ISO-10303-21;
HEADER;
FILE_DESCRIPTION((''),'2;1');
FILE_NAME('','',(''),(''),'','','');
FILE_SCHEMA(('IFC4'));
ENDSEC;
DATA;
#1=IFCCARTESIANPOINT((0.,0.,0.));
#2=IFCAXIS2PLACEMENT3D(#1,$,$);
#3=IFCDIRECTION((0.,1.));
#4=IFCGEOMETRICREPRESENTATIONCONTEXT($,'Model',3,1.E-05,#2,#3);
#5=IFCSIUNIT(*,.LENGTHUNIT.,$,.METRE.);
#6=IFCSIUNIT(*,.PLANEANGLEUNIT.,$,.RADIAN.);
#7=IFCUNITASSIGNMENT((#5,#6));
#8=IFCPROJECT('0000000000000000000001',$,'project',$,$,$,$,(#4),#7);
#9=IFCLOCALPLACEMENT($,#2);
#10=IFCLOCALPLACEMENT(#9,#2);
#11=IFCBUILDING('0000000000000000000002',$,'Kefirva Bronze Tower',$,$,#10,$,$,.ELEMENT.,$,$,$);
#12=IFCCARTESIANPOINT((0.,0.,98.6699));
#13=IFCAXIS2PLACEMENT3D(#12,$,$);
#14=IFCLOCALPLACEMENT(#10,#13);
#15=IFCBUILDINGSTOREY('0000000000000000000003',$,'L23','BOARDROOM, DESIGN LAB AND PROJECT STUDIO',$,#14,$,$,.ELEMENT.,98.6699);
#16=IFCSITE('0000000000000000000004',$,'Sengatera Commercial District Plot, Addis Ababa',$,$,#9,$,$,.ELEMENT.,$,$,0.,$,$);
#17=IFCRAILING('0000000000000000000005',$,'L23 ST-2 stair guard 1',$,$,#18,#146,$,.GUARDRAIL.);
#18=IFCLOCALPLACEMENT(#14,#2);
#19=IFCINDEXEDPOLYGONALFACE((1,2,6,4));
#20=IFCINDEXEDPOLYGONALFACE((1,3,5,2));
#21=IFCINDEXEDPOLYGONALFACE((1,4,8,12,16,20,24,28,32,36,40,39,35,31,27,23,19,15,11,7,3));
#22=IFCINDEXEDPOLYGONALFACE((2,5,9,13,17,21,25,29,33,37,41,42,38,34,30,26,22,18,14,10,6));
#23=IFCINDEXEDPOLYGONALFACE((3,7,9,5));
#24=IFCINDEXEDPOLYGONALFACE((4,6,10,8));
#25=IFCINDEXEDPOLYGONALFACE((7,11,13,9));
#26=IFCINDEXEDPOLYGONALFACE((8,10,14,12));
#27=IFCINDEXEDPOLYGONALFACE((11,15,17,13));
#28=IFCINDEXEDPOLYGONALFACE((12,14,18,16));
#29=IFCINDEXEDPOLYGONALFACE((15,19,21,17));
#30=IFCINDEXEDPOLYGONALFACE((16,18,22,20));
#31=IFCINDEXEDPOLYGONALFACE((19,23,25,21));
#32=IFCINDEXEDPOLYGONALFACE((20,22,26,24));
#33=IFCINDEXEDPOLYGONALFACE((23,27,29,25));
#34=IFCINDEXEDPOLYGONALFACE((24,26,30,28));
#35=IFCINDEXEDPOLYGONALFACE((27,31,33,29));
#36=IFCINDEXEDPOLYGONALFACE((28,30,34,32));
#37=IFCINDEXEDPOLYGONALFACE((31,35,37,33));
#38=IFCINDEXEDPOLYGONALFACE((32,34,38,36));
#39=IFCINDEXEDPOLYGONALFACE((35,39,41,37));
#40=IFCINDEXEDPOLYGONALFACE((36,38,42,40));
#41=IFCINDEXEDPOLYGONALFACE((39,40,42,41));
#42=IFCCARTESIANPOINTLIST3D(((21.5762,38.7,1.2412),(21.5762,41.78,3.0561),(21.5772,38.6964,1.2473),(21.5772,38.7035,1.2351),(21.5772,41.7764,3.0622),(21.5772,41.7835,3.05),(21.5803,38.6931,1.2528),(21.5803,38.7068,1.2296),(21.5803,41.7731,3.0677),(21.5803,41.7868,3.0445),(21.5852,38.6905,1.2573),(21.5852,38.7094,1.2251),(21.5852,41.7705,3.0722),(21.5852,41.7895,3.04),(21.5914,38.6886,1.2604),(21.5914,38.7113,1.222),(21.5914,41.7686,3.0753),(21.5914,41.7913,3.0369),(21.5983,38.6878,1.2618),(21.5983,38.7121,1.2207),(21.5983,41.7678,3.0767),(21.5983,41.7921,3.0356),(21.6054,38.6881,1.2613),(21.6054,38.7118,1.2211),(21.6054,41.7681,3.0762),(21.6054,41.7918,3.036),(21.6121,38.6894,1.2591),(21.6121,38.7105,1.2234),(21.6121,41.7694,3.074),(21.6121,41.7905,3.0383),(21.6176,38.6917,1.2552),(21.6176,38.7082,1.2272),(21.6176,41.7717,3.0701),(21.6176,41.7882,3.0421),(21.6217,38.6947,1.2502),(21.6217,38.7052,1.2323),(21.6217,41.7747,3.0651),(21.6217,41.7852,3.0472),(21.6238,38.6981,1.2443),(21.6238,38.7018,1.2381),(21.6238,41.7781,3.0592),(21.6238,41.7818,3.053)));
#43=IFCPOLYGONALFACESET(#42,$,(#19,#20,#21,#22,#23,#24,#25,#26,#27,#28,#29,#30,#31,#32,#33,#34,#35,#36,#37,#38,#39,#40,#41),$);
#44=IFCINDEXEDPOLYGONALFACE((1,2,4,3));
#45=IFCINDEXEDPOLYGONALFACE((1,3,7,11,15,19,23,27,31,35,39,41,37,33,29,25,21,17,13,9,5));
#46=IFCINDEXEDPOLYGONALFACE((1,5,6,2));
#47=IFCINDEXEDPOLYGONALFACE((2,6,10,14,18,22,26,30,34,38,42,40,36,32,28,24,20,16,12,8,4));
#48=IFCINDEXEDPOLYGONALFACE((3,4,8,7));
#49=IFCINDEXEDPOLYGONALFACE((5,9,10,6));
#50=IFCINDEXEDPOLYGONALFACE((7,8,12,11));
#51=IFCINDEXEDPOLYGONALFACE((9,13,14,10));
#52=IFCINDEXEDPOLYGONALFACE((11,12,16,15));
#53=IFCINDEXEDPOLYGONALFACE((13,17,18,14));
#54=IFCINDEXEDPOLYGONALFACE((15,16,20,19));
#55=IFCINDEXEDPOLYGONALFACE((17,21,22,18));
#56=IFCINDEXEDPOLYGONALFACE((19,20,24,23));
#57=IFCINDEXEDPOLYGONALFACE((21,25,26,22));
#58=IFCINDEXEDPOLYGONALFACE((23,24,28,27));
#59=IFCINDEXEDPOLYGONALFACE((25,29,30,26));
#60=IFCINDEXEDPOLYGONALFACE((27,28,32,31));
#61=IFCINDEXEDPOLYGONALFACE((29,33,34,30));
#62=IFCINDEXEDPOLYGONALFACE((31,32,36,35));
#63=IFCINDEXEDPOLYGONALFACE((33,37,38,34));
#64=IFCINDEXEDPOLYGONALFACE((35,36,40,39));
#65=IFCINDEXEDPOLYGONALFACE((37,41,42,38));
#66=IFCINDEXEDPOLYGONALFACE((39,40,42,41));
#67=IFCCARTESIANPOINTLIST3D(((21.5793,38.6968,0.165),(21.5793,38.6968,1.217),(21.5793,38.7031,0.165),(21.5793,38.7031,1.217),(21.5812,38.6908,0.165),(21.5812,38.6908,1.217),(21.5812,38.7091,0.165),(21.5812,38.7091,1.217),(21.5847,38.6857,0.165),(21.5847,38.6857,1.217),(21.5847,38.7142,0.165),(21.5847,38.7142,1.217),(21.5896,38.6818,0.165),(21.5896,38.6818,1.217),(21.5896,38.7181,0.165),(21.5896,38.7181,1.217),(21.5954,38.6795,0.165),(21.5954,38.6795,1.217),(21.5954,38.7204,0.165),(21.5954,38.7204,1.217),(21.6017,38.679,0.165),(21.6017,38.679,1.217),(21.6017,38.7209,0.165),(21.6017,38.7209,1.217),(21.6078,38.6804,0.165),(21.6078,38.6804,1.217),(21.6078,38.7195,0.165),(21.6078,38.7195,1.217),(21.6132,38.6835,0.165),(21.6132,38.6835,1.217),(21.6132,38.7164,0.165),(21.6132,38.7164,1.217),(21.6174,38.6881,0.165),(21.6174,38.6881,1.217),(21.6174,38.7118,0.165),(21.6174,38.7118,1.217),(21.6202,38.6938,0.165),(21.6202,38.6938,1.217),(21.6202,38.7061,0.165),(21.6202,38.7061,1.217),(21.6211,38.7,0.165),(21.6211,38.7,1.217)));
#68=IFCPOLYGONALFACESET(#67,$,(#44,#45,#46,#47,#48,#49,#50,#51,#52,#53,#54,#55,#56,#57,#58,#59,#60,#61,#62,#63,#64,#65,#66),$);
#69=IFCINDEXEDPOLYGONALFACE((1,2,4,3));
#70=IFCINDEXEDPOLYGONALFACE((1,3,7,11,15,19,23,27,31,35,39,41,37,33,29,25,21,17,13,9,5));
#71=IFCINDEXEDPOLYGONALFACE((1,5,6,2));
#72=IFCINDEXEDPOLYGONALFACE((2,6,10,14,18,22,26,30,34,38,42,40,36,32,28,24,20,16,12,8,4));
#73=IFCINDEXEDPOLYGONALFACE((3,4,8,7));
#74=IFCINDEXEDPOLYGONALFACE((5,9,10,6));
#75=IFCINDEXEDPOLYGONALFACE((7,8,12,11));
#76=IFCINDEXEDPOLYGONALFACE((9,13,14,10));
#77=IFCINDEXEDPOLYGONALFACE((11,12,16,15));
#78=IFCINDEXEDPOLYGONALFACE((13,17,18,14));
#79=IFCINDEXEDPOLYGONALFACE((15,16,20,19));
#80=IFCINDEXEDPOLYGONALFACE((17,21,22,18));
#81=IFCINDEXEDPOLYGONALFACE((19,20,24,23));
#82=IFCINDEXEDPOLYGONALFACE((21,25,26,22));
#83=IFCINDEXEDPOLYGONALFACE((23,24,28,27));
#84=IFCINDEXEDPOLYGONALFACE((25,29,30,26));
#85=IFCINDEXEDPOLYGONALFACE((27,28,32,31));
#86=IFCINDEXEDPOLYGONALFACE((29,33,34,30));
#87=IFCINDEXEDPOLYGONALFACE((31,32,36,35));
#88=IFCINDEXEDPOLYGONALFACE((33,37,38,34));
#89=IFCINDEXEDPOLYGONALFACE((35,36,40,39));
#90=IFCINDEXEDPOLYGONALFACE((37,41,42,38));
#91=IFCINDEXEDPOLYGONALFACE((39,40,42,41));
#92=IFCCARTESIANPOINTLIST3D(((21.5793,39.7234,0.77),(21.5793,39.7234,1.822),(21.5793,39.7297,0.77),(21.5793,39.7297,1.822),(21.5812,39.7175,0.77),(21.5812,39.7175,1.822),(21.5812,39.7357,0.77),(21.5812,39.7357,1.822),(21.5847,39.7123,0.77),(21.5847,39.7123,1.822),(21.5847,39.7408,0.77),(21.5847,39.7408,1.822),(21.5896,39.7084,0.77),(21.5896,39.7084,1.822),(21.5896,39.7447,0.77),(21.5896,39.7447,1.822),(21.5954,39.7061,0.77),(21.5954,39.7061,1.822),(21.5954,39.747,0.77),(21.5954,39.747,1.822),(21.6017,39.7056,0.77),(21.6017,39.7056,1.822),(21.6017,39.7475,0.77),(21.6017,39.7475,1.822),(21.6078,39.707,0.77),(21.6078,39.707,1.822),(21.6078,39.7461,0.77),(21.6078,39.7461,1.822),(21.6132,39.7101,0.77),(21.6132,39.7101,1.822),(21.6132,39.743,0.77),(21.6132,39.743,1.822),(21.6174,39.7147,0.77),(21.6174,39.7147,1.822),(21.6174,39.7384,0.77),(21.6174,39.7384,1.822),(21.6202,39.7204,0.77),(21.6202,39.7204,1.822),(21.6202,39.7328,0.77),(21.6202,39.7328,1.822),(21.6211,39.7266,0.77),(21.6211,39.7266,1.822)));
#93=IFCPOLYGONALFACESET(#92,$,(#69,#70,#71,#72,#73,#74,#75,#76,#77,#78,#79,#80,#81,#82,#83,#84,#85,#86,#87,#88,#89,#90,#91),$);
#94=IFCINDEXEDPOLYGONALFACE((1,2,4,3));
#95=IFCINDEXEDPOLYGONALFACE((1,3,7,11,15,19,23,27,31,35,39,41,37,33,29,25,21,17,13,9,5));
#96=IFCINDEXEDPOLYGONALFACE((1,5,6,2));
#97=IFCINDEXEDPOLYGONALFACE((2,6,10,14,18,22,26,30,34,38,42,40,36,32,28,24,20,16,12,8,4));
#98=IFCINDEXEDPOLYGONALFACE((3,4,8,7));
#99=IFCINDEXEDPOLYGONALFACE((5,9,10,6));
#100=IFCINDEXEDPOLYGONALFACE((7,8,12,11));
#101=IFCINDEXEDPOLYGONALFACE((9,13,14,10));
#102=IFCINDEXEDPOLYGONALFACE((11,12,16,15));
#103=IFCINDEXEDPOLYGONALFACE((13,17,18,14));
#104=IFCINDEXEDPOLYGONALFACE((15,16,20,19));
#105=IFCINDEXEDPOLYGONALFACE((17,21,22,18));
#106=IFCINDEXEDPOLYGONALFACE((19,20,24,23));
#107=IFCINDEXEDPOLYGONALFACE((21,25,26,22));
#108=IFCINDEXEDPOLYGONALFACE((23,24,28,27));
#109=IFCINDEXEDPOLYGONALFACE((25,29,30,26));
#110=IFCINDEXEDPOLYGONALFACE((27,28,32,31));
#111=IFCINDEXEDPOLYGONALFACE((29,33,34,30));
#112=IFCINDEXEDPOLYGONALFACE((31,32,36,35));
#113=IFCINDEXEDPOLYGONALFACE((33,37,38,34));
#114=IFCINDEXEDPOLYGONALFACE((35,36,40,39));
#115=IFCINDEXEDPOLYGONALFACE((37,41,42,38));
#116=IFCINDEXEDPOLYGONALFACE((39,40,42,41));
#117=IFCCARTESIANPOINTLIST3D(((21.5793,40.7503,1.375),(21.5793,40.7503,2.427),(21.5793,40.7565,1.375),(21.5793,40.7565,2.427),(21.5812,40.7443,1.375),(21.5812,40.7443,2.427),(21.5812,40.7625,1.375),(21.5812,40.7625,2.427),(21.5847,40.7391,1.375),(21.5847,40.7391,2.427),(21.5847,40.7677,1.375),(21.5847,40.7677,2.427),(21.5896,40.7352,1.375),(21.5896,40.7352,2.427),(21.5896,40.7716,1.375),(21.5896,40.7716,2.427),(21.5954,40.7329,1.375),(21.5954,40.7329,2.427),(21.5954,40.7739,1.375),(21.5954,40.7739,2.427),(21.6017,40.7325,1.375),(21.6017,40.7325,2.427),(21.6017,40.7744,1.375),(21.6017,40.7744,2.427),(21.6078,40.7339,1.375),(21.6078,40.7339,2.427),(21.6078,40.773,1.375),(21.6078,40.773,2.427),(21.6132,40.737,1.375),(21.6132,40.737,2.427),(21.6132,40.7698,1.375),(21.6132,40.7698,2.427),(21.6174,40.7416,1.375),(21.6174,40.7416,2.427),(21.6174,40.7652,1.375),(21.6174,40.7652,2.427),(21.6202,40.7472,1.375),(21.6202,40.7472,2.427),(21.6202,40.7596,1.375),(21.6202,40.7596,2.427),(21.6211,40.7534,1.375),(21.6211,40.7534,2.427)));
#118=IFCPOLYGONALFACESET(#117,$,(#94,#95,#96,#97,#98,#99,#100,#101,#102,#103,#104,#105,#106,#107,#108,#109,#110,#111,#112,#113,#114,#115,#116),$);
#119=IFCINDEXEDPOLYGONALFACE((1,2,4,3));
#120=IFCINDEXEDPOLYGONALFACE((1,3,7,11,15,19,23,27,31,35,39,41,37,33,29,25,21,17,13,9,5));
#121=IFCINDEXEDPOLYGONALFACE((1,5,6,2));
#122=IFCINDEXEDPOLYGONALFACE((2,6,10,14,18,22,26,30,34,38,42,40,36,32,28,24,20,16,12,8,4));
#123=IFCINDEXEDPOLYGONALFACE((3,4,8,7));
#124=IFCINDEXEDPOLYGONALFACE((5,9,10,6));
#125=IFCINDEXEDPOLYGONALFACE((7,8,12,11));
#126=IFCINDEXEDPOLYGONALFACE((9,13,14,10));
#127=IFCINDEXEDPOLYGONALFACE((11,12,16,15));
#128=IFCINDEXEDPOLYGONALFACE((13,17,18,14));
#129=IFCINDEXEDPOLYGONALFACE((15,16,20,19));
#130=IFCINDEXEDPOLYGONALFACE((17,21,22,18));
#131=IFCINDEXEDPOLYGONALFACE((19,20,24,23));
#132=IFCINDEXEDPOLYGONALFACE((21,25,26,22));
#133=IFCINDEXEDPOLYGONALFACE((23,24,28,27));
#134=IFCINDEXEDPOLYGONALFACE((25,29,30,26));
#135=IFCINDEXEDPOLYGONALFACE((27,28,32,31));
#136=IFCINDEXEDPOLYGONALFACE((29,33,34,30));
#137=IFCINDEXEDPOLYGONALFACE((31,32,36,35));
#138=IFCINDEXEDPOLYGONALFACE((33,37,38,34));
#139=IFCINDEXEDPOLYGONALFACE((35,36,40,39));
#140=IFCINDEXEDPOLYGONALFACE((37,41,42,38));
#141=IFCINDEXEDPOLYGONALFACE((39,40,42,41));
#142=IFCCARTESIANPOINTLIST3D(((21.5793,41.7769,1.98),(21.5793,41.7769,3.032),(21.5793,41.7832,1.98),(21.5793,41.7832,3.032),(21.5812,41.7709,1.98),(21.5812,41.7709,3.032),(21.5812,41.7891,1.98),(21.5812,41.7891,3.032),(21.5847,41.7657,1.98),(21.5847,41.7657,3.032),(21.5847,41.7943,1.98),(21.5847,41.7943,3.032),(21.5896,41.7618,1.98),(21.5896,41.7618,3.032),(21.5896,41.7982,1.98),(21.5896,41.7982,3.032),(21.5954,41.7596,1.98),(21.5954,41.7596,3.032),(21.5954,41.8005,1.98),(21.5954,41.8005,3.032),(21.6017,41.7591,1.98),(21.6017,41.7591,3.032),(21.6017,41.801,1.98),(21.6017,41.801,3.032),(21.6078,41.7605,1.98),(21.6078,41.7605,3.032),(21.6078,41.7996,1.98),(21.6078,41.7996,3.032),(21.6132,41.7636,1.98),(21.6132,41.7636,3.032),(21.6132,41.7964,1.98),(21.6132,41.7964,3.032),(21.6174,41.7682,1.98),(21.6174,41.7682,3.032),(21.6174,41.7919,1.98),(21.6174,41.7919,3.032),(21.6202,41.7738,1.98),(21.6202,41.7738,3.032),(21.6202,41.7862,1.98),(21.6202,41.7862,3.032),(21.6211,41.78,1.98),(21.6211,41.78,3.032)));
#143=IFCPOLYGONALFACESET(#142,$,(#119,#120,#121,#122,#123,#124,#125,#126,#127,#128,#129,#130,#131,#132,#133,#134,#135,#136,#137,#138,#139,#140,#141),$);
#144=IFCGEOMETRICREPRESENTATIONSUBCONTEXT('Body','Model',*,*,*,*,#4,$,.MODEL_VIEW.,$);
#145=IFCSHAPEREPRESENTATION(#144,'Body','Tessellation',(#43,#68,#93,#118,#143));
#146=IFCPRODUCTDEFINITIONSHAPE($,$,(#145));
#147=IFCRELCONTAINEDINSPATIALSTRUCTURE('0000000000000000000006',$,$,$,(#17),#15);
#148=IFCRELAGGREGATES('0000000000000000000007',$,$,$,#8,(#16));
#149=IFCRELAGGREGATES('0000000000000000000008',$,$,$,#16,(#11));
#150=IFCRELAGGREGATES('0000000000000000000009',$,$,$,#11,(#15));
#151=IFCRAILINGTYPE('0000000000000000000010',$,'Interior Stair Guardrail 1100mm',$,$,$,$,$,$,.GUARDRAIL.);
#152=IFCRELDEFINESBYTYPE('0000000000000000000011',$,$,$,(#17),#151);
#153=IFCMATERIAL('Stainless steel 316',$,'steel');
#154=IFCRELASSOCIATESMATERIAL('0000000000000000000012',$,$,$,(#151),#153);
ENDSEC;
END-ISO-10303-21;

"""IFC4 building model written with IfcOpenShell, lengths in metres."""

from ifc_helpers import new_model, si_unit, direction, frame, origin, origin_2d, place, context, subcontext, project, spatial, circle, extrude, material, type_object, element, save


model = new_model("IFC4")

# Units and contexts
model_context = context("Model", 3, precision=1e-05, world=origin(), true_north=direction((0.0, 1.0)))
body_context = subcontext(model_context, "Body", "Model", "MODEL_VIEW")
ifc_project = project(units=[si_unit("LENGTHUNIT", "METRE"), si_unit("PLANEANGLEUNIT", "RADIAN")], contexts=[model_context])

# Site, building, storey
site_placement = place(None, origin())
site = spatial("IfcSite", under=ifc_project, at=site_placement, Name="Sengatera Commercial District Plot, Addis Ababa", CompositionType="ELEMENT", RefElevation=0.0)
building_placement = place(site_placement, origin())
building = spatial("IfcBuilding", under=site, at=building_placement, Name="Kefirva Bronze Tower", CompositionType="ELEMENT")
storey_placement = place(building_placement, frame((0.0, 0.0, 98.6699)))
storey = spatial("IfcBuildingStorey", under=building, at=storey_placement, Name="L23", Description="BOARDROOM, DESIGN LAB AND PROJECT STUDIO", CompositionType="ELEMENT", Elevation=98.6699)

# Railing
ifc_material_1 = material(Name="Stainless steel 316", Category="steel")
railing_type_1 = type_object("IfcRailingType", Name="Interior Stair Guardrail 1100mm", PredefinedType="GUARDRAIL", material=ifc_material_1)
railing_1_placement = place(storey_placement, frame((21.6001, 38.7, 0.165)))
element("IfcRailing", 1, at=railing_1_placement, inside=storey, type_object=railing_type_1, Name="L23 ST-2 stair guard 1", PredefinedType="GUARDRAIL", context=body_context, shape_type="SweptSolid", body=[
    extrude(circle(Radius=0.0239, at=origin_2d()), frame((0.0, 0.0, 1.0762), z_axis=(0.0, 0.861551, 0.507671), x_axis=(-1.0, 0.0, 0.0)), (0.0, 0.0, 1.0), 3.575),
    extrude(circle(Radius=0.021, at=origin_2d()), origin(), (0.0, 0.0, 1.0), 1.052),
    extrude(circle(Radius=0.021, at=origin_2d()), frame((0.0, 1.0266, 0.605)), (0.0, 0.0, 1.0), 1.052),
    extrude(circle(Radius=0.021, at=origin_2d()), frame((0.0, 2.0535, 1.21)), (0.0, 0.0, 1.0), 1.052),
    extrude(circle(Radius=0.021, at=origin_2d()), frame((0.0, 3.0801, 1.8149)), (0.0, 0.0, 1.0), 1.052),
])

save(model, "model.ifc")
